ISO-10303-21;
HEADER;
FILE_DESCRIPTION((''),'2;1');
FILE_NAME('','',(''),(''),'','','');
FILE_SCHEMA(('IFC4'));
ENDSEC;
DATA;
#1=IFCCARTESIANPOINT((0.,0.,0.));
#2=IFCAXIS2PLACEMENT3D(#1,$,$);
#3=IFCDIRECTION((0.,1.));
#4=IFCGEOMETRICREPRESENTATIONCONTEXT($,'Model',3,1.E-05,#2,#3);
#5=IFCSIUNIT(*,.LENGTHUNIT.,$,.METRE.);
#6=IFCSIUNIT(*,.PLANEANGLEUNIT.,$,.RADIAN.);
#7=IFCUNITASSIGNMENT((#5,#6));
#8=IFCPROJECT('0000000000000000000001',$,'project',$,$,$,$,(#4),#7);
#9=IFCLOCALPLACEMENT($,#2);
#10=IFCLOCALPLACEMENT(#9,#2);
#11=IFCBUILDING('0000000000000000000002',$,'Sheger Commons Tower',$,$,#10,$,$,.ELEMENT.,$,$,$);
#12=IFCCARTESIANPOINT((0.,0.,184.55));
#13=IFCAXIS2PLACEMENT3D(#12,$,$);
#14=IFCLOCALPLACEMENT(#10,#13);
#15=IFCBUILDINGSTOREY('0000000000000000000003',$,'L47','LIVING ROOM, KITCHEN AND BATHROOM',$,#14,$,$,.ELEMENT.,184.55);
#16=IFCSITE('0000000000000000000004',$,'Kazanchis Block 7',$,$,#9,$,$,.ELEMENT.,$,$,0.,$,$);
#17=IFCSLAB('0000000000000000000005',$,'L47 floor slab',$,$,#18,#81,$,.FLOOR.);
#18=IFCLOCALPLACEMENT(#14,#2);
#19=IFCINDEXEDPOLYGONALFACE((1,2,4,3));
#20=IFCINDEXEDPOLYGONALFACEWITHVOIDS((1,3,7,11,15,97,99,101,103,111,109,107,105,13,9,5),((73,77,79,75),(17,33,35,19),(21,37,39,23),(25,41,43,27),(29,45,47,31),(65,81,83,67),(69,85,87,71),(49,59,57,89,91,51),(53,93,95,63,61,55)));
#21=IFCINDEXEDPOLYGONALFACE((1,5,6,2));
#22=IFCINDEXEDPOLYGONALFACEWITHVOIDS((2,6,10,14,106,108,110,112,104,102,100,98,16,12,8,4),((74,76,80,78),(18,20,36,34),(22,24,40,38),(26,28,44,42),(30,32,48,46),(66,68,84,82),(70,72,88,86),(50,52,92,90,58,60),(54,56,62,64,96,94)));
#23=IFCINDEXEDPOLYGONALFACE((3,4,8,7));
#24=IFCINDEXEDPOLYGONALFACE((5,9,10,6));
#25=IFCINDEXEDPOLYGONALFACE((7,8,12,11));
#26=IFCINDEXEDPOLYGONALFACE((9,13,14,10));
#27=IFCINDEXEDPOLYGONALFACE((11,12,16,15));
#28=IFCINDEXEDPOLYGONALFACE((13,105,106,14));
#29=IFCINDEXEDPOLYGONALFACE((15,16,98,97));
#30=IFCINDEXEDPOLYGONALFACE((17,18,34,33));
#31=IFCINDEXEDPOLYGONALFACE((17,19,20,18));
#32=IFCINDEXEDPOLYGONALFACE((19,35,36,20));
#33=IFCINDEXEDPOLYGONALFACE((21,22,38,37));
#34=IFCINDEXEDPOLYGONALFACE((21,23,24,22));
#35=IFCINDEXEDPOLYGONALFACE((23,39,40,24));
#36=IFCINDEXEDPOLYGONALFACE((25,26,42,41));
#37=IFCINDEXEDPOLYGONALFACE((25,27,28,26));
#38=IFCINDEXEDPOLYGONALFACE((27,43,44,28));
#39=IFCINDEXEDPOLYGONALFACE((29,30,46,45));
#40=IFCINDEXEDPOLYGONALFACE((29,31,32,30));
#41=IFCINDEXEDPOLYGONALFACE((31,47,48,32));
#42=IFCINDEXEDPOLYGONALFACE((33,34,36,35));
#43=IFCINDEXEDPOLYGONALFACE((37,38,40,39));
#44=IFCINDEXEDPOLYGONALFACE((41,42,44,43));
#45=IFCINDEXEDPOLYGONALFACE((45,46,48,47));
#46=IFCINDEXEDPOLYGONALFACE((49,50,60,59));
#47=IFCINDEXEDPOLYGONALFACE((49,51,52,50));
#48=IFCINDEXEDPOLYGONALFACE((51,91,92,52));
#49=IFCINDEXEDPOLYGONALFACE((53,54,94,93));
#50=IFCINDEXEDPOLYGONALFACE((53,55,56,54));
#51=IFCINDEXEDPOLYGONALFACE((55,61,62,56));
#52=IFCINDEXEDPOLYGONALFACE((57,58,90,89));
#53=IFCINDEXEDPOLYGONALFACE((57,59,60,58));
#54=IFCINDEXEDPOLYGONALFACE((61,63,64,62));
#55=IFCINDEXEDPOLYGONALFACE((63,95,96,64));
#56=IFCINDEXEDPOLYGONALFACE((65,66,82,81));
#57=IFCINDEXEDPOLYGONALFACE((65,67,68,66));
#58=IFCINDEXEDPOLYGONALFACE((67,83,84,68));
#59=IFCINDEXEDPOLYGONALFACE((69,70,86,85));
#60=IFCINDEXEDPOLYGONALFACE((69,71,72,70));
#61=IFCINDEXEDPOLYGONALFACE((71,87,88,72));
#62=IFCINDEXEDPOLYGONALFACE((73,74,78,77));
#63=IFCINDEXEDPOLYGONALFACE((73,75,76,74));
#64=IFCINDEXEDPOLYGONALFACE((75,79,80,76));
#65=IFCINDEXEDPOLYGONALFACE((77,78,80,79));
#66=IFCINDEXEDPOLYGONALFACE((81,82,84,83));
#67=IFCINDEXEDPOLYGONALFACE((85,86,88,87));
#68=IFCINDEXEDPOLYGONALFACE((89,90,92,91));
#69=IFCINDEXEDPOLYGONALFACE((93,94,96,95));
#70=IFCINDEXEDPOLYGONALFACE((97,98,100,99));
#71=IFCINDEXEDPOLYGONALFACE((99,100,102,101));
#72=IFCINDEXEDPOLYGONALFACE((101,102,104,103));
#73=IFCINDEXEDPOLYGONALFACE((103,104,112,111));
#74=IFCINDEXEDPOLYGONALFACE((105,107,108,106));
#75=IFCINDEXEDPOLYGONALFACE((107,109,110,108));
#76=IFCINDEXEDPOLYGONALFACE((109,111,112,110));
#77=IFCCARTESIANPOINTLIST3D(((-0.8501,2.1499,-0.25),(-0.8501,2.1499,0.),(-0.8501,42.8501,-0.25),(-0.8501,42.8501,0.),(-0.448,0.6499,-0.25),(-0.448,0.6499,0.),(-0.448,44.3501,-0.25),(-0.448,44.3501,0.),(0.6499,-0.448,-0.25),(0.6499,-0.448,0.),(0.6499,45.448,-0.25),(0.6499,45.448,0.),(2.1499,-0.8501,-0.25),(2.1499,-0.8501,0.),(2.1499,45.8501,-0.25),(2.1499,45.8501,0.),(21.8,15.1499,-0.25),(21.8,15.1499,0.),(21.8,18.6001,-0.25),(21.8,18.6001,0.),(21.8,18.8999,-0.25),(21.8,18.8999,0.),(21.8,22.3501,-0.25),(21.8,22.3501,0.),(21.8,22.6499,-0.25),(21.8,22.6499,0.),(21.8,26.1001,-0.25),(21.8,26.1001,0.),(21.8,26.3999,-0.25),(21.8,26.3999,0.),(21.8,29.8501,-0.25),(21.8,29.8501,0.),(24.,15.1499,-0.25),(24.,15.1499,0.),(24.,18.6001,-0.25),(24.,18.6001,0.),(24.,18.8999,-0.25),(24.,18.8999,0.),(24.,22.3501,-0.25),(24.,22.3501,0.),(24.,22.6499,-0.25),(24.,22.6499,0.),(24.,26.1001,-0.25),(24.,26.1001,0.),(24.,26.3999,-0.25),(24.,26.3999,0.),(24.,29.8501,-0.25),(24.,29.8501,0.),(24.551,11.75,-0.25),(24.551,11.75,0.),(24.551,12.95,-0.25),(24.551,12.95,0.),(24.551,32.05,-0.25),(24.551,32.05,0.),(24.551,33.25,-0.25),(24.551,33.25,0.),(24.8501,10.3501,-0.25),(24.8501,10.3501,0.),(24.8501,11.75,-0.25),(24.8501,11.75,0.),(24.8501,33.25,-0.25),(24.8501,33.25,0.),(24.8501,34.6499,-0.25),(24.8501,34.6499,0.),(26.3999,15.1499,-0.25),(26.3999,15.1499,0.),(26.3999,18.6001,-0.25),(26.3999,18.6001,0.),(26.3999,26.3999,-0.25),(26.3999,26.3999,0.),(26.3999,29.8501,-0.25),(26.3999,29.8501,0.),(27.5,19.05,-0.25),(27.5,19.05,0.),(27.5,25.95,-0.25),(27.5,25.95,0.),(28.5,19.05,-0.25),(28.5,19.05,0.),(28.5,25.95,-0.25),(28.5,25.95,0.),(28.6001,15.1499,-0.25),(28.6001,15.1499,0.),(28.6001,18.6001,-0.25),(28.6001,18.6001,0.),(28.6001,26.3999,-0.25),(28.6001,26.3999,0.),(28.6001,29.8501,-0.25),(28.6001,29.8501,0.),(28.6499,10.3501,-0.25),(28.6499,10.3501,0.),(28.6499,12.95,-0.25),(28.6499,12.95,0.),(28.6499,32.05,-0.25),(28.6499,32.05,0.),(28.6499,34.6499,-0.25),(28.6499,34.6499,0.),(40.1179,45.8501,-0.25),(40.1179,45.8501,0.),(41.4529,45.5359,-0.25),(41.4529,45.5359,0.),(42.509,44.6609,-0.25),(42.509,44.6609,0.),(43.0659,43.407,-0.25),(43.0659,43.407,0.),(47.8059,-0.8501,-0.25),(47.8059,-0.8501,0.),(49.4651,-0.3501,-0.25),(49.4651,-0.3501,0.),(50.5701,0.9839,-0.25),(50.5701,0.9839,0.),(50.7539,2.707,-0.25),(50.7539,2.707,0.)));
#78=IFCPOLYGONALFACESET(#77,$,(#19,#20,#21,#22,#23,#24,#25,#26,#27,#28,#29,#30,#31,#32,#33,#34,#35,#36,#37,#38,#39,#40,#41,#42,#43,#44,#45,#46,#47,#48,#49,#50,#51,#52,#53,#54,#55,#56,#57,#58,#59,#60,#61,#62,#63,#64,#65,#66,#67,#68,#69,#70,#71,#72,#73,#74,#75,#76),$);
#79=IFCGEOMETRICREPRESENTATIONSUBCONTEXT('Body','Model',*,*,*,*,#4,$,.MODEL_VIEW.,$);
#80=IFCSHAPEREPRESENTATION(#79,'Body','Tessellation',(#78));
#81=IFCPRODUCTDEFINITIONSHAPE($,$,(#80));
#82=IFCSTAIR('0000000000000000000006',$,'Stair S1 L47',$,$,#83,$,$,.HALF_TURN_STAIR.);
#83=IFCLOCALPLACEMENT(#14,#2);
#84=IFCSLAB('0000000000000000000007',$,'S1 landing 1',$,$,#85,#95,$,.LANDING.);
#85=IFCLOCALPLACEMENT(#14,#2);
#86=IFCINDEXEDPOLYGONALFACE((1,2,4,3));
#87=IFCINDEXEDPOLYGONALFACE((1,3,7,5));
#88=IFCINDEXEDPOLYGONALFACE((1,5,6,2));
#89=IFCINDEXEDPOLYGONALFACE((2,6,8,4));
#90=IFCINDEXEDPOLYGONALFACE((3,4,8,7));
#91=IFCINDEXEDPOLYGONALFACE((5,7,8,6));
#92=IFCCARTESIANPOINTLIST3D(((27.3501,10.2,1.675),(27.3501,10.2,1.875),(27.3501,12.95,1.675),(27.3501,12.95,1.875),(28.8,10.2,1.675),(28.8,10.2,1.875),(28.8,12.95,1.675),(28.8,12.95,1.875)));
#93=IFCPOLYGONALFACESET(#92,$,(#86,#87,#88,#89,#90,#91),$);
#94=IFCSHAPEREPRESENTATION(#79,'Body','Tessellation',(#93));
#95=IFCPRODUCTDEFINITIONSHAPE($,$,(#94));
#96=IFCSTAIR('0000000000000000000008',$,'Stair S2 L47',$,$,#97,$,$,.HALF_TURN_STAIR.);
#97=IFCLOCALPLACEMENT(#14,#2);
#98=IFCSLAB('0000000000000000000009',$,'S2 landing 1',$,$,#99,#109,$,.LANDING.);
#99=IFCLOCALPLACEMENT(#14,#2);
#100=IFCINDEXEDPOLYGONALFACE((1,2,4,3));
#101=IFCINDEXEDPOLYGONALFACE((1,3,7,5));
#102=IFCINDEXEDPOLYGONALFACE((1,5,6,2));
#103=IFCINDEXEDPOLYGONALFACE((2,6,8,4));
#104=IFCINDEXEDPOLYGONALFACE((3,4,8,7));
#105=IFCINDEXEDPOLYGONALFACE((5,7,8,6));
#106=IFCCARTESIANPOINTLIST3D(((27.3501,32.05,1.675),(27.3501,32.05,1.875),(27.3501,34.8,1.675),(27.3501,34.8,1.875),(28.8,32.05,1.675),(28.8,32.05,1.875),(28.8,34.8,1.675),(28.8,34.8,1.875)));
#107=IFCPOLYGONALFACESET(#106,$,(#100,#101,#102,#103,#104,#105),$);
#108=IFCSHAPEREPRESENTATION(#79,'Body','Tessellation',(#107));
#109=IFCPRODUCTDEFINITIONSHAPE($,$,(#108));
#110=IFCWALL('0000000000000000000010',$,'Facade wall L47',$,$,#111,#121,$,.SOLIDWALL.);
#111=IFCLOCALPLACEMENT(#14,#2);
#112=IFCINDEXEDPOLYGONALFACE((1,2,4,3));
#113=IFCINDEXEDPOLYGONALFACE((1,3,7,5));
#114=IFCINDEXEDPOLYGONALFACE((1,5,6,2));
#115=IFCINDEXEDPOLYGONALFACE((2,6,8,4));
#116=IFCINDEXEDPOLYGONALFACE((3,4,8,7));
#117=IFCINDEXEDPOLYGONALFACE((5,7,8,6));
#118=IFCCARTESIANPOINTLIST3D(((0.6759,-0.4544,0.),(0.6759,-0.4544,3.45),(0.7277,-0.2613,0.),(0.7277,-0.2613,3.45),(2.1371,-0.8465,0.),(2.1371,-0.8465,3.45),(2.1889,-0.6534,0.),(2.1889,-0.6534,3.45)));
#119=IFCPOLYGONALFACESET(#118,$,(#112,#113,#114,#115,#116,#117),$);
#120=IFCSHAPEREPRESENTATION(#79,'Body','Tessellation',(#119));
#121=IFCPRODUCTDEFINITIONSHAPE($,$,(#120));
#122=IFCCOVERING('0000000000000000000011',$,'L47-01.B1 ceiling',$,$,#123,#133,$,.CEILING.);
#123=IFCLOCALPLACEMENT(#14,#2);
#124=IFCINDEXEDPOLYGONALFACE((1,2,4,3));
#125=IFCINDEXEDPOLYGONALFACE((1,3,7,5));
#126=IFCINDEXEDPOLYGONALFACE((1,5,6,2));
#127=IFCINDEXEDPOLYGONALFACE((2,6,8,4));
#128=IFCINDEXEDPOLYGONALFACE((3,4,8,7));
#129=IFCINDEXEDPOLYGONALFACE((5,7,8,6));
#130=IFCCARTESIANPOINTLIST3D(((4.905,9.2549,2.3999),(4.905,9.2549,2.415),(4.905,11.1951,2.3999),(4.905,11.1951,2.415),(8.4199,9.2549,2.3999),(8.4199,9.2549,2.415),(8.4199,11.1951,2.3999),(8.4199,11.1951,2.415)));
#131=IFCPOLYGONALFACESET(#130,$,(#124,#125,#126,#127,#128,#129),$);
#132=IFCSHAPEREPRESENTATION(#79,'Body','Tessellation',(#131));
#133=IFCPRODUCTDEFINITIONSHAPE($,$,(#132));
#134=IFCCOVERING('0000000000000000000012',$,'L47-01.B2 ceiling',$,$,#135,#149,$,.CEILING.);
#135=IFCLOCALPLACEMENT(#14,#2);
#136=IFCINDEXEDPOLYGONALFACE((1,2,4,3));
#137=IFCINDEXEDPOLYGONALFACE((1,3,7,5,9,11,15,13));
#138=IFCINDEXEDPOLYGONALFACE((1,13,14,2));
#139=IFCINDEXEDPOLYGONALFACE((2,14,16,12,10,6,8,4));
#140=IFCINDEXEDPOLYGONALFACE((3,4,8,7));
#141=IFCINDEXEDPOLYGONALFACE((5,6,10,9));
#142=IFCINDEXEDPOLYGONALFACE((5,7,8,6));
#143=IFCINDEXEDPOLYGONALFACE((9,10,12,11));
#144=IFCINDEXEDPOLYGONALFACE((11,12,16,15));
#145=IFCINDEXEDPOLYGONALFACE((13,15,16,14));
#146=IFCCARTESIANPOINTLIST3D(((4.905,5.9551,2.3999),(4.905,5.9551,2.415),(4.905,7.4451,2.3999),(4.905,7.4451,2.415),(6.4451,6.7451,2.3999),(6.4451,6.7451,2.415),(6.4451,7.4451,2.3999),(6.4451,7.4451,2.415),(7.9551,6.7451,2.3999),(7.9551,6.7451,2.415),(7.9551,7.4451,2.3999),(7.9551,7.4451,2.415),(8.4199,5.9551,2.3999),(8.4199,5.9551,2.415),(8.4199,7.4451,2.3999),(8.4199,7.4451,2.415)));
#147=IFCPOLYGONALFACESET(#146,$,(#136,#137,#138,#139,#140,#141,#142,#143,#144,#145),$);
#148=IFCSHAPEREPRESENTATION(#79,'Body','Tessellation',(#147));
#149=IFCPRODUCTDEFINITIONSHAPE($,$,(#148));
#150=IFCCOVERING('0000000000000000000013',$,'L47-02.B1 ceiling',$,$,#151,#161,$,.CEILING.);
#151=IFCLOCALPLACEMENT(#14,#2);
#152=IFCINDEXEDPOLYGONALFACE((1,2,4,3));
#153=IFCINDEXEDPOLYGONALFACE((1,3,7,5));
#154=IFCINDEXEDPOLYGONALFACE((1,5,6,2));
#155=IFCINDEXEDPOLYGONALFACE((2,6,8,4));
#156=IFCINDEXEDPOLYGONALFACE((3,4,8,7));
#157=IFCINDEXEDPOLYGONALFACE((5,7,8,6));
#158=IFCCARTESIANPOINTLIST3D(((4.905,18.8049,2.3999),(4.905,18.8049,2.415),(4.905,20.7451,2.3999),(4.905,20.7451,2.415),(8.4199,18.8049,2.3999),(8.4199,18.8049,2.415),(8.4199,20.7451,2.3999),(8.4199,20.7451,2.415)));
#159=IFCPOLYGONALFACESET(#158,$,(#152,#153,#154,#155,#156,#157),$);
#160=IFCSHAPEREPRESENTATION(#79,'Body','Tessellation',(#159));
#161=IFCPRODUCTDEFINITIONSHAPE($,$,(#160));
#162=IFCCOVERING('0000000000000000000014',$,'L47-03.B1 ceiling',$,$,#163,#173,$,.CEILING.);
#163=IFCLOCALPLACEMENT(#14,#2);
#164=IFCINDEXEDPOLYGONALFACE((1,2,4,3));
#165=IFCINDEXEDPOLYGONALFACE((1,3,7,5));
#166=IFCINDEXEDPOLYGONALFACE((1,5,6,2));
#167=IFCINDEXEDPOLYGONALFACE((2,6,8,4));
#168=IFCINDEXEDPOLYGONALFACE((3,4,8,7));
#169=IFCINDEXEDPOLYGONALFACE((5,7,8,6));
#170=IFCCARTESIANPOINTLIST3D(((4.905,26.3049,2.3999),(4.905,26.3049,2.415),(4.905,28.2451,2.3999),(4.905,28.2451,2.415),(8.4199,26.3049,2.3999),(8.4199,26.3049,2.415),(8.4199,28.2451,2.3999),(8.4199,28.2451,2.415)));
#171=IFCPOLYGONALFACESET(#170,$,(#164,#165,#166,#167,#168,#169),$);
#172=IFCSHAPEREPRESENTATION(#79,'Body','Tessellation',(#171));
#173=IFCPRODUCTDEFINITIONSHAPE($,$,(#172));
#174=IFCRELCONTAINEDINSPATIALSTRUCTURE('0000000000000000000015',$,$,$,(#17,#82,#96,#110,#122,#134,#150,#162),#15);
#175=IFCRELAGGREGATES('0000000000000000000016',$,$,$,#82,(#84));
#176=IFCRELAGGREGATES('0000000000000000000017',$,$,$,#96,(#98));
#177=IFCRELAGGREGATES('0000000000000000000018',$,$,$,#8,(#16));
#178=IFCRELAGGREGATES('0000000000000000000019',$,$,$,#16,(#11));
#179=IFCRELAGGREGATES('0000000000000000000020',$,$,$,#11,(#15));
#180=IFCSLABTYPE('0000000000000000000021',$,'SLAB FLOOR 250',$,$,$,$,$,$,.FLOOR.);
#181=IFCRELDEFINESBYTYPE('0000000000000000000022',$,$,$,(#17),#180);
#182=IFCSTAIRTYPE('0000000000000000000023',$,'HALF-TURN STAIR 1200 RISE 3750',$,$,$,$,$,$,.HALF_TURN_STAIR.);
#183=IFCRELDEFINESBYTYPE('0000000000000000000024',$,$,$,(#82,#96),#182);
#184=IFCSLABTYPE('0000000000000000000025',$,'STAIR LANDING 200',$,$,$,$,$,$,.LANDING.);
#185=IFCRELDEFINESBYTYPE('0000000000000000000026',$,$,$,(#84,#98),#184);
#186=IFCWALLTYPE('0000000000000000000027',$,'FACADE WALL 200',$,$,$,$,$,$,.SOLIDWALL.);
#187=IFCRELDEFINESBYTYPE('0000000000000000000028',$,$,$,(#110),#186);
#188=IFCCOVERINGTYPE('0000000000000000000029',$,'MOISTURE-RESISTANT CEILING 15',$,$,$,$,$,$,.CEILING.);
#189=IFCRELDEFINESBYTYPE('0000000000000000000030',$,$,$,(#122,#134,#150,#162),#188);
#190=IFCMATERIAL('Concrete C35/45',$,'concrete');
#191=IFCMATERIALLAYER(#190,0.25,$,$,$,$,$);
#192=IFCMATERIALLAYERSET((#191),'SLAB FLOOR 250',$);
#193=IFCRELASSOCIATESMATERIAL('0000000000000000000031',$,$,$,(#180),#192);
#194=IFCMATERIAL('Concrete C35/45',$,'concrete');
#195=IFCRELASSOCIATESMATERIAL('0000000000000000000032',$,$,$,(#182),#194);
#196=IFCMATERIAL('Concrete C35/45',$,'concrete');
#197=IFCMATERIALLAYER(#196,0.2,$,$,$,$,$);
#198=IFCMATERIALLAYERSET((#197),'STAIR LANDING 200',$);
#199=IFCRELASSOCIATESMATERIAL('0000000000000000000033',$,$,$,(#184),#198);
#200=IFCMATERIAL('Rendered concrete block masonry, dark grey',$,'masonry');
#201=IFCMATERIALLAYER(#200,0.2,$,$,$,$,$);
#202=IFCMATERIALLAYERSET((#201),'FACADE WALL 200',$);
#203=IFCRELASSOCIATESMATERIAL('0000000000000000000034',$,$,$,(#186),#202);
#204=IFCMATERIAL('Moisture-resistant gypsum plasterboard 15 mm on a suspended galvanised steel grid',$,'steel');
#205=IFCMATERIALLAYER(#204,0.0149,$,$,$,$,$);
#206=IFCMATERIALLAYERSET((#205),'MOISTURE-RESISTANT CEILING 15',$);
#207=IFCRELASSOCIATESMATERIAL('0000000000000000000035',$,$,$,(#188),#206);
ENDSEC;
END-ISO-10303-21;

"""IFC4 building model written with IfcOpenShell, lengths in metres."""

from ifc_helpers import new_model, si_unit, direction, frame, frame_2d, origin, place, context, subcontext, project, spatial, polyline, rectangle, outline, extrude, material, layer, layer_set, type_object, element, aggregate, save


model = new_model("IFC4")

# Units and contexts
model_context = context("Model", 3, precision=1e-05, world=origin(), true_north=direction((0.0, 1.0)))
body_context = subcontext(model_context, "Body", "Model", "MODEL_VIEW")
ifc_project = project(units=[si_unit("LENGTHUNIT", "METRE"), si_unit("PLANEANGLEUNIT", "RADIAN")], contexts=[model_context])

# Site, building, storey
site_placement = place(None, origin())
site = spatial("IfcSite", under=ifc_project, at=site_placement, Name="Kazanchis Block 7", CompositionType="ELEMENT", RefElevation=0.0)
building_placement = place(site_placement, origin())
building = spatial("IfcBuilding", under=site, at=building_placement, Name="Sheger Commons Tower", CompositionType="ELEMENT")
storey_placement = place(building_placement, frame((0.0, 0.0, 184.55)))
storey = spatial("IfcBuildingStorey", under=building, at=storey_placement, Name="L47", Description="LIVING ROOM, KITCHEN AND BATHROOM", CompositionType="ELEMENT", Elevation=184.55)

# Slab
ifc_material_1 = material(Name="Concrete C35/45", Category="concrete")
ifc_layer_1 = layer(ifc_material_1, 0.25)
ifc_layer_set_1 = layer_set([ifc_layer_1], Name="SLAB FLOOR 250")
slab_type_1 = type_object("IfcSlabType", Name="SLAB FLOOR 250", PredefinedType="FLOOR", material=ifc_layer_set_1)
slab_1_placement = place(storey_placement, frame((0.0, 0.0, -0.25)))
element("IfcSlab", 1, at=slab_1_placement, inside=storey, type_object=slab_type_1, Name="L47 floor slab", PredefinedType="FLOOR", context=body_context, shape_type="SweptSolid", body=[
    extrude(outline(polyline([(-0.8501, 2.1499), (-0.448, 0.6499), (0.6499, -0.448), (2.1499, -0.8501), (47.8059, -0.8501), (49.4651, -0.3501), (50.5701, 0.9839), (50.7539, 2.707), (43.0659, 43.407), (42.509, 44.6609), (41.4529, 45.5359), (40.1179, 45.8501), (2.1499, 45.8501), (0.6499, 45.448), (-0.448, 44.3501), (-0.8501, 42.8501), (-0.8501, 2.1499)]), holes=[polyline([(24.8501, 10.3501), (28.6499, 10.3501), (28.6499, 12.95), (24.551, 12.95), (24.551, 11.75), (24.8501, 11.75), (24.8501, 10.3501)]), polyline([(24.551, 32.05), (28.6499, 32.05), (28.6499, 34.6499), (24.8501, 34.6499), (24.8501, 33.25), (24.551, 33.25), (24.551, 32.05)]), polyline([(26.3999, 15.1499), (28.6001, 15.1499), (28.6001, 18.6001), (26.3999, 18.6001), (26.3999, 15.1499)]), polyline([(26.3999, 26.3999), (28.6001, 26.3999), (28.6001, 29.8501), (26.3999, 29.8501), (26.3999, 26.3999)]), polyline([(21.8, 15.1499), (24.0, 15.1499), (24.0, 18.6001), (21.8, 18.6001), (21.8, 15.1499)]), polyline([(21.8, 18.8999), (24.0, 18.8999), (24.0, 22.3501), (21.8, 22.3501), (21.8, 18.8999)]), polyline([(21.8, 22.6499), (24.0, 22.6499), (24.0, 26.1001), (21.8, 26.1001), (21.8, 22.6499)]), polyline([(21.8, 26.3999), (24.0, 26.3999), (24.0, 29.8501), (21.8, 29.8501), (21.8, 26.3999)]), polyline([(27.5, 19.05), (28.5, 19.05), (28.5, 25.95), (27.5, 25.95), (27.5, 19.05)])]), origin(), (0.0, 0.0, 1.0), 0.25),
])

# Stairs, slabs
ifc_material_2 = material(Name="Concrete C35/45", Category="concrete")
stair_type = type_object("IfcStairType", Name="HALF-TURN STAIR 1200 RISE 3750", PredefinedType="HALF_TURN_STAIR", material=ifc_material_2)
stair_1_placement = place(storey_placement, origin())
stair_1 = element("IfcStair", 2, at=stair_1_placement, inside=storey, type_object=stair_type, Name="Stair S1 L47", PredefinedType="HALF_TURN_STAIR")
ifc_material_3 = material(Name="Concrete C35/45", Category="concrete")
ifc_layer_2 = layer(ifc_material_3, 0.2)
ifc_layer_set_2 = layer_set([ifc_layer_2], Name="STAIR LANDING 200")
slab_type_2 = type_object("IfcSlabType", Name="STAIR LANDING 200", PredefinedType="LANDING", material=ifc_layer_set_2)
slab_2_placement = place(storey_placement, frame((0.0, 0.0, 1.675)))
slab_2 = element("IfcSlab", 3, at=slab_2_placement, type_object=slab_type_2, Name="S1 landing 1", PredefinedType="LANDING", context=body_context, shape_type="SweptSolid", body=[
    extrude(outline(polyline([(27.3501, 10.2), (28.8, 10.2), (28.8, 12.95), (27.3501, 12.95), (27.3501, 10.2)])), origin(), (0.0, 0.0, 1.0), 0.2),
])
aggregate(stair_1, [slab_2])
stair_2_placement = place(storey_placement, origin())
stair_2 = element("IfcStair", 4, at=stair_2_placement, inside=storey, type_object=stair_type, Name="Stair S2 L47", PredefinedType="HALF_TURN_STAIR")
slab_3_placement = place(storey_placement, frame((0.0, 0.0, 1.675)))
slab_3 = element("IfcSlab", 5, at=slab_3_placement, type_object=slab_type_2, Name="S2 landing 1", PredefinedType="LANDING", context=body_context, shape_type="SweptSolid", body=[
    extrude(outline(polyline([(27.3501, 32.05), (28.8, 32.05), (28.8, 34.8), (27.3501, 34.8), (27.3501, 32.05)])), origin(), (0.0, 0.0, 1.0), 0.2),
])
aggregate(stair_2, [slab_3])

# Wall
ifc_material_4 = material(Name="Rendered concrete block masonry, dark grey", Category="masonry")
ifc_layer_3 = layer(ifc_material_4, 0.2)
ifc_layer_set_3 = layer_set([ifc_layer_3], Name="FACADE WALL 200")
wall_type = type_object("IfcWallType", Name="FACADE WALL 200", PredefinedType="SOLIDWALL", material=ifc_layer_set_3)
wall_placement = place(storey_placement, frame((0.7019, -0.3579, 0.0), z_axis=(0.0, 0.0, 1.0), x_axis=(0.965832, -0.259169, 0.0)))
element("IfcWall", 6, at=wall_placement, inside=storey, type_object=wall_type, Name="Facade wall L47", PredefinedType="SOLIDWALL", context=body_context, shape_type="SweptSolid", body=[
    extrude(rectangle(XDim=1.5129, YDim=0.2, at=frame_2d((0.7563, 0.0))), origin(), (0.0, 0.0, 1.0), 3.45),
])

# Coverings
ifc_material_5 = material(Name="Moisture-resistant gypsum plasterboard 15 mm on a suspended galvanised steel grid", Category="steel")
ifc_layer_4 = layer(ifc_material_5, 0.0149)
ifc_layer_set_4 = layer_set([ifc_layer_4], Name="MOISTURE-RESISTANT CEILING 15")
covering_type_1 = type_object("IfcCoveringType", Name="MOISTURE-RESISTANT CEILING 15", PredefinedType="CEILING", material=ifc_layer_set_4)
covering_1_placement = place(storey_placement, frame((0.0, 0.0, 2.3999)))
element("IfcCovering", 7, at=covering_1_placement, inside=storey, type_object=covering_type_1, Name="L47-01.B1 ceiling", PredefinedType="CEILING", context=body_context, shape_type="SweptSolid", body=[
    extrude(outline(polyline([(4.905, 9.2549), (8.4199, 9.2549), (8.4199, 11.1951), (4.905, 11.1951), (4.905, 9.2549)])), origin(), (0.0, 0.0, 1.0), 0.0151),
])
covering_2_placement = place(storey_placement, frame((0.0, 0.0, 2.3999)))
element("IfcCovering", 8, at=covering_2_placement, inside=storey, type_object=covering_type_1, Name="L47-01.B2 ceiling", PredefinedType="CEILING", context=body_context, shape_type="SweptSolid", body=[
    extrude(outline(polyline([(4.905, 5.9551), (8.4199, 5.9551), (8.4199, 7.4451), (7.9551, 7.4451), (7.9551, 6.7451), (6.4451, 6.7451), (6.4451, 7.4451), (4.905, 7.4451), (4.905, 5.9551)])), origin(), (0.0, 0.0, 1.0), 0.0151),
])
covering_3_placement = place(storey_placement, frame((0.0, 0.0, 2.3999)))
element("IfcCovering", 9, at=covering_3_placement, inside=storey, type_object=covering_type_1, Name="L47-02.B1 ceiling", PredefinedType="CEILING", context=body_context, shape_type="SweptSolid", body=[
    extrude(outline(polyline([(4.905, 18.8049), (8.4199, 18.8049), (8.4199, 20.7451), (4.905, 20.7451), (4.905, 18.8049)])), origin(), (0.0, 0.0, 1.0), 0.0151),
])
covering_4_placement = place(storey_placement, frame((0.0, 0.0, 2.3999)))
element("IfcCovering", 10, at=covering_4_placement, inside=storey, type_object=covering_type_1, Name="L47-03.B1 ceiling", PredefinedType="CEILING", context=body_context, shape_type="SweptSolid", body=[
    extrude(outline(polyline([(4.905, 26.3049), (8.4199, 26.3049), (8.4199, 28.2451), (4.905, 28.2451), (4.905, 26.3049)])), origin(), (0.0, 0.0, 1.0), 0.0151),
])

save(model, "model.ifc")
